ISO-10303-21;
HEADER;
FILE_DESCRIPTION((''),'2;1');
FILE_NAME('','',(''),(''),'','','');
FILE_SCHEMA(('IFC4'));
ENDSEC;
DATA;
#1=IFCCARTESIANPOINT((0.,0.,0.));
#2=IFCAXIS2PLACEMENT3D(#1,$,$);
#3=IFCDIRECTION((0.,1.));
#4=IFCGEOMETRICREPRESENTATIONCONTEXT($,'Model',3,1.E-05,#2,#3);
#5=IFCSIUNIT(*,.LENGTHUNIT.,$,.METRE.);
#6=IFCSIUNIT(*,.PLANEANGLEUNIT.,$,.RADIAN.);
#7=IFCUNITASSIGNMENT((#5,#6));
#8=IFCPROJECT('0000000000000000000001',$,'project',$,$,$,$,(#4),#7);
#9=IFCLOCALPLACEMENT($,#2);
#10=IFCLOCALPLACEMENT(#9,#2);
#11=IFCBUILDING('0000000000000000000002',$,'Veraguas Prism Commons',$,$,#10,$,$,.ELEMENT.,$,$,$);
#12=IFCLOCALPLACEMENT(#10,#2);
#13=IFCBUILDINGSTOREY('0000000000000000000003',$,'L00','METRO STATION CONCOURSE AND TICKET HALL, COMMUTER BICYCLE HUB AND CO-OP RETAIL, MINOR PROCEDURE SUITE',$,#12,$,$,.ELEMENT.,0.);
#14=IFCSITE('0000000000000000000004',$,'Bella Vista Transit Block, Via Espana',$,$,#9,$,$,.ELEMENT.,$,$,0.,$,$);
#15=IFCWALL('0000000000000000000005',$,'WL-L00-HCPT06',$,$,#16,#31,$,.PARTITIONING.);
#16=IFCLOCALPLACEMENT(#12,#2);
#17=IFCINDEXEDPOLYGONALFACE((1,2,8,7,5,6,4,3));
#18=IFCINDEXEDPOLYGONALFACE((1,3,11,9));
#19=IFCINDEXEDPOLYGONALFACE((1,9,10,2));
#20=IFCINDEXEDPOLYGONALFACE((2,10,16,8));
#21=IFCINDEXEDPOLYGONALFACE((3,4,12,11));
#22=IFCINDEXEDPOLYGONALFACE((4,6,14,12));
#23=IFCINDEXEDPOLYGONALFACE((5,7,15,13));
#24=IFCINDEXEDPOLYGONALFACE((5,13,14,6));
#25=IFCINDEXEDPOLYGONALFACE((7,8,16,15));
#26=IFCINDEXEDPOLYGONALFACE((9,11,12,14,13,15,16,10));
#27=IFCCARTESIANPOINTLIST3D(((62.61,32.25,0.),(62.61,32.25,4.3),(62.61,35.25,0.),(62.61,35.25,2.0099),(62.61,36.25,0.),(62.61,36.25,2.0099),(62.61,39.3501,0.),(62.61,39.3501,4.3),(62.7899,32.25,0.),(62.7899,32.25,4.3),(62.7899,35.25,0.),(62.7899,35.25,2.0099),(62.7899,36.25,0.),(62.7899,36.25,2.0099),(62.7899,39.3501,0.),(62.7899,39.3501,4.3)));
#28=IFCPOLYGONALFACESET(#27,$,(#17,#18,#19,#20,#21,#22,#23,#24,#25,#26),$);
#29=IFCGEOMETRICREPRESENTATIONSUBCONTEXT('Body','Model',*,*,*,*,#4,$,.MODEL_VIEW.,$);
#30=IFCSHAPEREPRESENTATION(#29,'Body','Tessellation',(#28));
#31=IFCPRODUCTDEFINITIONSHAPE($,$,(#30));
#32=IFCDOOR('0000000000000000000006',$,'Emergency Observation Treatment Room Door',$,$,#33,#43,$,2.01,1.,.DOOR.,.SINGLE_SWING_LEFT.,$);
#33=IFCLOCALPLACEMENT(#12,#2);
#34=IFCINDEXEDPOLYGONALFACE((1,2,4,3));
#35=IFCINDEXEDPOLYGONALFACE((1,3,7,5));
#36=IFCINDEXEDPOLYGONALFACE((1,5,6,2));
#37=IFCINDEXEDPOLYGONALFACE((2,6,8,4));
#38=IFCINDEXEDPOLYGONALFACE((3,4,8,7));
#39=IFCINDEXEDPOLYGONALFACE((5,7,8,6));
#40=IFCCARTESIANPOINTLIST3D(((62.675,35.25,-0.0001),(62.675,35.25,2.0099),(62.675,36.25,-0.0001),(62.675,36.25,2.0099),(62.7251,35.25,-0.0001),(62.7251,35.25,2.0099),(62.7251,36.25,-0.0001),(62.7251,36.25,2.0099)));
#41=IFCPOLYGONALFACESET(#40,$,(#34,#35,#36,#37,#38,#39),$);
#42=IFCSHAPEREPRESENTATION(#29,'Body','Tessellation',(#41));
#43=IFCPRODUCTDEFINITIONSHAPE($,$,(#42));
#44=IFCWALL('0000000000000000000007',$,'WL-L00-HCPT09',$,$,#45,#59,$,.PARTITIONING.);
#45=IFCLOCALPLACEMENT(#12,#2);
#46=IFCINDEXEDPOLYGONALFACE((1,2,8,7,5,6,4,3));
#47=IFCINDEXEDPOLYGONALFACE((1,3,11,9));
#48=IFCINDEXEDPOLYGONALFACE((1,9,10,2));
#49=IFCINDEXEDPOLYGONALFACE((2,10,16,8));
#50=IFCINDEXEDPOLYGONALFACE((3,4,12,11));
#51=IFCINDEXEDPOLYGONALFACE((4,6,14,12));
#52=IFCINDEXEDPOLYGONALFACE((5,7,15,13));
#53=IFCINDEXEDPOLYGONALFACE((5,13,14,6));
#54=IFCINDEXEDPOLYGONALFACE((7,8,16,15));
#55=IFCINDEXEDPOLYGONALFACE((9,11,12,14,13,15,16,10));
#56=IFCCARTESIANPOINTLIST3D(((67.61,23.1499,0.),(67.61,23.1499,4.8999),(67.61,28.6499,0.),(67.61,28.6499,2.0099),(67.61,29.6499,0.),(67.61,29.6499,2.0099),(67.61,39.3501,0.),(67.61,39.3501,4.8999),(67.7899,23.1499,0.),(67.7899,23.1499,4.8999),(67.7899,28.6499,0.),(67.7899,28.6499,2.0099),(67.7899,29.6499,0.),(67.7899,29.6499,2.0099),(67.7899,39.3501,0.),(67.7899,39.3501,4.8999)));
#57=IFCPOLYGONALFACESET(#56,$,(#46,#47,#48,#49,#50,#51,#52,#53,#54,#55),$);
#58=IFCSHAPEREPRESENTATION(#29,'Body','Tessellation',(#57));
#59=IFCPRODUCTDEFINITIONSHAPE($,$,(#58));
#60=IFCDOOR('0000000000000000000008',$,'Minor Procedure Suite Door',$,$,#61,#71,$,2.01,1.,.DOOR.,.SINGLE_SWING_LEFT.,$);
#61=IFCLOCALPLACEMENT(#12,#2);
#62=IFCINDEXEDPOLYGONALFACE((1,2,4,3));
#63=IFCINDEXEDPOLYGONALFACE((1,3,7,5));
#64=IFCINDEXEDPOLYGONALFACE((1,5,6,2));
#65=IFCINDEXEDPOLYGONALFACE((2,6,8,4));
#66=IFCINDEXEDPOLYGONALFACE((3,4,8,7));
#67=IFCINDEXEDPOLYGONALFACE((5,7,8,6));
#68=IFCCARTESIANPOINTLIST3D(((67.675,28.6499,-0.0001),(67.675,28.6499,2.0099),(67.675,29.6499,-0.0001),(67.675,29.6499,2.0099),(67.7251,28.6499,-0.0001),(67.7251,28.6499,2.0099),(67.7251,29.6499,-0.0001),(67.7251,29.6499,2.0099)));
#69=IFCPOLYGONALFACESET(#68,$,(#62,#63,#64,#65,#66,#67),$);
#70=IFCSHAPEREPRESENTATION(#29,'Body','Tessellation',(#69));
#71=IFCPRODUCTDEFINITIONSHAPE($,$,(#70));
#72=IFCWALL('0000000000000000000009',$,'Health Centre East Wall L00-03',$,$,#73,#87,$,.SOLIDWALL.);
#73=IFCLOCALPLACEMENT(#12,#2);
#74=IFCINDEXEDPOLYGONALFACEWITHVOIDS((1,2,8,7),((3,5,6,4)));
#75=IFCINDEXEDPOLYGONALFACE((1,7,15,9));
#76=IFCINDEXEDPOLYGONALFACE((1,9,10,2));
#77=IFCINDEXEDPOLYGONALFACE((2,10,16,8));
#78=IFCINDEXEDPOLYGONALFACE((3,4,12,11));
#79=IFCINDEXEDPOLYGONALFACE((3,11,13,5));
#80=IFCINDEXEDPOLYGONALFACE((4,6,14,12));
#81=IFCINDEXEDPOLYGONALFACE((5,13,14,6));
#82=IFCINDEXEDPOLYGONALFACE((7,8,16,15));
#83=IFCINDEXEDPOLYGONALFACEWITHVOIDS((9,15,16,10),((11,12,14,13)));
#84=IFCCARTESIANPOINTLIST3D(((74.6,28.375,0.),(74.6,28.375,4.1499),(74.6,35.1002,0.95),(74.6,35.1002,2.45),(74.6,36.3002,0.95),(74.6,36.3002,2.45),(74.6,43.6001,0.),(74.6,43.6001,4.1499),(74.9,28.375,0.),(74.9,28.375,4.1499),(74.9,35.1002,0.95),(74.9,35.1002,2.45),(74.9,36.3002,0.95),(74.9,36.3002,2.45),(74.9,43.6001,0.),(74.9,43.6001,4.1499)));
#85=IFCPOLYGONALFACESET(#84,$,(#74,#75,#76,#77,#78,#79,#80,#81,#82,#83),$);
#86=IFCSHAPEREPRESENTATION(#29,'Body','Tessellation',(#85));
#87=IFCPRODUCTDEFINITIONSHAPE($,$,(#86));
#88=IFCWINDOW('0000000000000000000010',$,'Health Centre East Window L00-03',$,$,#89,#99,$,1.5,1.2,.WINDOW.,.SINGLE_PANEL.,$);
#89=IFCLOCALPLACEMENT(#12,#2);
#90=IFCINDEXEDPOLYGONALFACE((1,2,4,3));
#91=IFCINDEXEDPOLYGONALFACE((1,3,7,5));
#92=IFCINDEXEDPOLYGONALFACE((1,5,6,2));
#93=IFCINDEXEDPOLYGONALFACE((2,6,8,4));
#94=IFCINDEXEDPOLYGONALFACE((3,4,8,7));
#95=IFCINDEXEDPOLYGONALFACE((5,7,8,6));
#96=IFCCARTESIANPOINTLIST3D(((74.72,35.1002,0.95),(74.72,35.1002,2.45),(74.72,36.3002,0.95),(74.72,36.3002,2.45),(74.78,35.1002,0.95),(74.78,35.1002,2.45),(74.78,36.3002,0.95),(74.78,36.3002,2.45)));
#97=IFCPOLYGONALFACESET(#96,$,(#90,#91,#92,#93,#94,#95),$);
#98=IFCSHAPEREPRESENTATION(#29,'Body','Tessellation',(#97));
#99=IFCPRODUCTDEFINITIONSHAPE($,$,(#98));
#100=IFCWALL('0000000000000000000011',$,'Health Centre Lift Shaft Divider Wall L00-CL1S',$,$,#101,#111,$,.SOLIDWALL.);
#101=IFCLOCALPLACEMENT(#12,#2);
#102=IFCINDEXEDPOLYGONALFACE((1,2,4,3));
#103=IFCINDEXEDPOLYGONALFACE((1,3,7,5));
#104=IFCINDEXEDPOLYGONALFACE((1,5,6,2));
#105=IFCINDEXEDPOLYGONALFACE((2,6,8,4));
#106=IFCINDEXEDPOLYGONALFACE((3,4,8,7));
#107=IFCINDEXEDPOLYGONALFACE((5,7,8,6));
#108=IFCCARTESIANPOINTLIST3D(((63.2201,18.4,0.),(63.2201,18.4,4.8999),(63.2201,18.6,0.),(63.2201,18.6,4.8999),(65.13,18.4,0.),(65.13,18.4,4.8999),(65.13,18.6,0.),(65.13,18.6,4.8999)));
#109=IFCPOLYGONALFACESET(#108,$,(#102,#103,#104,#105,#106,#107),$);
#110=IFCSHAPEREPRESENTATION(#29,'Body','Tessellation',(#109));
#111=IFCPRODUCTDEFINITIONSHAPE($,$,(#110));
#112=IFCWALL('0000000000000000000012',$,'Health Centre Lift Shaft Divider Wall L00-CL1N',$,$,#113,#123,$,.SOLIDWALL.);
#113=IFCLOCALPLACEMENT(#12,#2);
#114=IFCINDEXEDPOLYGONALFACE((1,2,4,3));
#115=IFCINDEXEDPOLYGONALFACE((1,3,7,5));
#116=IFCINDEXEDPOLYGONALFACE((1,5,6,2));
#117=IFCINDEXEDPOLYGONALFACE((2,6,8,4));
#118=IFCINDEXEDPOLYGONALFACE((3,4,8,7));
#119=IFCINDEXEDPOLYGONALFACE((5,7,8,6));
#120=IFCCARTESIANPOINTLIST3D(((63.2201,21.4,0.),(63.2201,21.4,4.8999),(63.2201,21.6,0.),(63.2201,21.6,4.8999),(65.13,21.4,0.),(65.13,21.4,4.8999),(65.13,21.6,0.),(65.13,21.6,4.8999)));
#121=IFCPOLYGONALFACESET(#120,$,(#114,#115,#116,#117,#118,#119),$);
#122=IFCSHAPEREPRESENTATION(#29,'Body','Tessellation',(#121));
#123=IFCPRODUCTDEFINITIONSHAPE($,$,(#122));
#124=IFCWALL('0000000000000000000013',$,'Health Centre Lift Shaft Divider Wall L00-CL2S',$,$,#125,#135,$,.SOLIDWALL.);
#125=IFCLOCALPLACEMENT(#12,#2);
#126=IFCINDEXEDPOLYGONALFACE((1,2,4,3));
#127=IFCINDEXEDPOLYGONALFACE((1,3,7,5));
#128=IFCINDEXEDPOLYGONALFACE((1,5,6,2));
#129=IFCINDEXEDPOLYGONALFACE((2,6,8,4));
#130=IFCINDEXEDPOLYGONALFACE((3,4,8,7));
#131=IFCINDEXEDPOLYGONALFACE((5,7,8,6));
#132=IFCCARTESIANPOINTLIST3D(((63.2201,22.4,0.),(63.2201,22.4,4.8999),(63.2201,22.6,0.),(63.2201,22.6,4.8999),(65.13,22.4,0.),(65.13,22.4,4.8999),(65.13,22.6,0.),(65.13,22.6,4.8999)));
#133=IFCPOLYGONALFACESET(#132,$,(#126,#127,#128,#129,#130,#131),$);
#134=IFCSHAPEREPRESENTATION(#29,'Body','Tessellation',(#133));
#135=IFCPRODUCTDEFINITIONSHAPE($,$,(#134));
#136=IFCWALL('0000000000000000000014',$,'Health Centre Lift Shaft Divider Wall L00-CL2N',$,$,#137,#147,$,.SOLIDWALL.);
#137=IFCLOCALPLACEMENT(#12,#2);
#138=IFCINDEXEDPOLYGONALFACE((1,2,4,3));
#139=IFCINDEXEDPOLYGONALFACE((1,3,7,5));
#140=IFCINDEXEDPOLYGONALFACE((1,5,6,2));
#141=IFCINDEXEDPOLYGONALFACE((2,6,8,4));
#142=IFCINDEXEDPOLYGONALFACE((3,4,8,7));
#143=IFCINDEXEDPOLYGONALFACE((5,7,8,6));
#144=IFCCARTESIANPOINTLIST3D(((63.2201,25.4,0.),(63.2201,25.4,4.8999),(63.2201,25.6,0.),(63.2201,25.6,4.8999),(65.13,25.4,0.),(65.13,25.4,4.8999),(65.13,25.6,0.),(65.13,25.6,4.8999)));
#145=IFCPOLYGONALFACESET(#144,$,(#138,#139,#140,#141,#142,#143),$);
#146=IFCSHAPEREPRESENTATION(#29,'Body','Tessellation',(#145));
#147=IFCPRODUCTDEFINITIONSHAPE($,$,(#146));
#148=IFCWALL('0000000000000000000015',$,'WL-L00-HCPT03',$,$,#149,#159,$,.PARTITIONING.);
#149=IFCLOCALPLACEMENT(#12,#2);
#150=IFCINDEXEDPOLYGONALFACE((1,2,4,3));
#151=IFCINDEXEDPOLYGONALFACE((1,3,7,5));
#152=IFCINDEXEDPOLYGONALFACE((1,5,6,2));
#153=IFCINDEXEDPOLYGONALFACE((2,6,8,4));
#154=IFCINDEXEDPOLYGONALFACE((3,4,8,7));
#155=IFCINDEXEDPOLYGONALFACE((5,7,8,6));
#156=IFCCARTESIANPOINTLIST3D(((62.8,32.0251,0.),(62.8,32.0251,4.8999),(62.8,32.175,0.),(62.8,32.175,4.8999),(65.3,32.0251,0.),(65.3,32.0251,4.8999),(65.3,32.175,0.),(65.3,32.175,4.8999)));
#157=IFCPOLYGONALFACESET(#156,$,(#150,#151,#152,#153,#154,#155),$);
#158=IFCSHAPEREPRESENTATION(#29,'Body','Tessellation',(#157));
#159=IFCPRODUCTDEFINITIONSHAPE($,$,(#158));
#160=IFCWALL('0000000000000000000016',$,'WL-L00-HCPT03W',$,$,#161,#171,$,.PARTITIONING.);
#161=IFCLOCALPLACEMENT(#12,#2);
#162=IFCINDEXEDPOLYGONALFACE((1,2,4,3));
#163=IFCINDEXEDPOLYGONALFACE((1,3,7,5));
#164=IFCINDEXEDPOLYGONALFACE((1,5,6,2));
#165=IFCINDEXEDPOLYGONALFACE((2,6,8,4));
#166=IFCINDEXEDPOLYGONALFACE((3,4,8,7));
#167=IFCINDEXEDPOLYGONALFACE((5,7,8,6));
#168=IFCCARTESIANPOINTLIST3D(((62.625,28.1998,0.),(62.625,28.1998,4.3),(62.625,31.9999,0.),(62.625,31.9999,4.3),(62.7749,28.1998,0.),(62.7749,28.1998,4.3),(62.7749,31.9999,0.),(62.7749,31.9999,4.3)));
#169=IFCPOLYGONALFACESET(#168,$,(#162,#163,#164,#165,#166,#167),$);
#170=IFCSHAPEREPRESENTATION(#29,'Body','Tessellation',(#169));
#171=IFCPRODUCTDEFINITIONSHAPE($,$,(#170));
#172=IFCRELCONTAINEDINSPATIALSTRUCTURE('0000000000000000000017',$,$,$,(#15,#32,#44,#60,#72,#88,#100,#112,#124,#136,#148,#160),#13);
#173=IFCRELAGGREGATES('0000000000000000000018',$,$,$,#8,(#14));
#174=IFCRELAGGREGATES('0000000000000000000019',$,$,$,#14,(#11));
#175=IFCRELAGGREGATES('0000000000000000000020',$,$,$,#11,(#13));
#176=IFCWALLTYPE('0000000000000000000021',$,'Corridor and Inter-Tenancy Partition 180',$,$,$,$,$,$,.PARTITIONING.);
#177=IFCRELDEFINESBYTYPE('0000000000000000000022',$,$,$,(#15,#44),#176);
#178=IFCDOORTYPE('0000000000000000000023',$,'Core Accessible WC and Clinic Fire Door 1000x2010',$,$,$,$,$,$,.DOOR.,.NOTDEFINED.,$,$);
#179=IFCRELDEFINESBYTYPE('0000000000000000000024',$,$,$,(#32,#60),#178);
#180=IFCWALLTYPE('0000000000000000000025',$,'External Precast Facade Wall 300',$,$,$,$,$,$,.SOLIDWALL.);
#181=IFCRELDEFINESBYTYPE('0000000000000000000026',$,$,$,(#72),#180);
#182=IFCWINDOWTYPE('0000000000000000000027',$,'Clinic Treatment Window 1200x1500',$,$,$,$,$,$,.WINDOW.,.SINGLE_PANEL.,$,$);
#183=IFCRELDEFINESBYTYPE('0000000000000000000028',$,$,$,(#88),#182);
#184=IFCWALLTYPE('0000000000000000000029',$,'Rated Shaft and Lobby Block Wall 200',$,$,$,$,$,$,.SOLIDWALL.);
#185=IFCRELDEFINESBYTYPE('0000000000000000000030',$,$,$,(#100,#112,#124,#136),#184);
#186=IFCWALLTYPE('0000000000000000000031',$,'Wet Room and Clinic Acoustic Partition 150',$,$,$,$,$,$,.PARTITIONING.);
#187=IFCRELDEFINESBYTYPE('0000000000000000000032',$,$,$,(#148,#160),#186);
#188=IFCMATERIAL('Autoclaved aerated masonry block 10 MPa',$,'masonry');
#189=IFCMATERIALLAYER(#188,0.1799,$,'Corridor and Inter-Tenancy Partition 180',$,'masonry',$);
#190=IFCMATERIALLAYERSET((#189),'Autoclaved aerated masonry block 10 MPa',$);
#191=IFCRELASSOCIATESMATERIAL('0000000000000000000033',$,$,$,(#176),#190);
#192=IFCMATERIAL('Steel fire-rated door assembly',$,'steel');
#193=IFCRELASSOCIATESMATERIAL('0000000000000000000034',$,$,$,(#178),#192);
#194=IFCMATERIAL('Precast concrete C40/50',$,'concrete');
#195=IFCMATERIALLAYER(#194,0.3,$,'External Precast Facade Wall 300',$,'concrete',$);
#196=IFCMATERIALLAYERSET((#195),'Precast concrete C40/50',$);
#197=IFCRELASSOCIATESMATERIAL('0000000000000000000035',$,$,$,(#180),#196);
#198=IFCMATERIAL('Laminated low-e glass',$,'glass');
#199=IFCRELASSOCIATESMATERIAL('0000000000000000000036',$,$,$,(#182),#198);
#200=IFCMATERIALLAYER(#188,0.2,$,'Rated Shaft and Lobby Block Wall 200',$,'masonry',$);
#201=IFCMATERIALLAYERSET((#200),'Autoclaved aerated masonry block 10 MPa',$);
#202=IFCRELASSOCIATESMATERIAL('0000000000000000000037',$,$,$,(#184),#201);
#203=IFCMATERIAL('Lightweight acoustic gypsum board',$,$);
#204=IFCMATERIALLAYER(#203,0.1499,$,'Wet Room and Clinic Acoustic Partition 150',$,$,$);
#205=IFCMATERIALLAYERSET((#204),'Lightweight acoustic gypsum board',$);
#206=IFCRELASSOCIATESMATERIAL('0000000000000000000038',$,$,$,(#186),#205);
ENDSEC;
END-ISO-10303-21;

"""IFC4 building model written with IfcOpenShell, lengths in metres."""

from ifc_helpers import new_model, si_unit, direction, frame, frame_2d, origin, place, context, subcontext, project, spatial, rectangle, extrude, source, transform, mapped, material, layer, layer_set, type_object, element, fill, save


model = new_model("IFC4")

# Units and contexts
model_context = context("Model", 3, precision=1e-05, world=origin(), true_north=direction((0.0, 1.0)))
body_context = subcontext(model_context, "Body", "Model", "MODEL_VIEW")
ifc_project = project(units=[si_unit("LENGTHUNIT", "METRE"), si_unit("PLANEANGLEUNIT", "RADIAN")], contexts=[model_context])

# Site, building, storey
site_placement = place(None, origin())
site = spatial("IfcSite", under=ifc_project, at=site_placement, Name="Bella Vista Transit Block, Via Espana", CompositionType="ELEMENT", RefElevation=0.0)
building_placement = place(site_placement, origin())
building = spatial("IfcBuilding", under=site, at=building_placement, Name="Veraguas Prism Commons", CompositionType="ELEMENT")
storey_placement = place(building_placement, origin())
storey = spatial("IfcBuildingStorey", under=building, at=storey_placement, Name="L00", Description="METRO STATION CONCOURSE AND TICKET HALL, COMMUTER BICYCLE HUB AND CO-OP RETAIL, MINOR PROCEDURE SUITE", CompositionType="ELEMENT", Elevation=0.0)

# Shared definitions
ifc_material_1 = material(Name="Autoclaved aerated masonry block 10 MPa", Category="masonry")
ifc_layer_1 = layer(ifc_material_1, 0.1799, Name="Corridor and Inter-Tenancy Partition 180", Category="masonry")
ifc_layer_set_1 = layer_set([ifc_layer_1], Name="Autoclaved aerated masonry block 10 MPa")
wall_type_1 = type_object("IfcWallType", Name="Corridor and Inter-Tenancy Partition 180", PredefinedType="PARTITIONING", material=ifc_layer_set_1)

# Walls, openings, doors
wall_1_placement = place(storey_placement, frame((62.7, 32.25, 0.0), z_axis=(0.0, 0.0, 1.0), x_axis=(0.0, 1.0, 0.0)))
wall_1 = element("IfcWall", 1, at=wall_1_placement, inside=storey, type_object=wall_type_1, Name="WL-L00-HCPT06", PredefinedType="PARTITIONING", context=body_context, shape_type="SweptSolid", body=[
    extrude(rectangle(XDim=7.1001, YDim=0.1799, at=frame_2d((3.55, 0.0))), origin(), (0.0, 0.0, 1.0), 4.3),
])
opening_1_placement = place(wall_1_placement, frame((3.0, 0.0, 0.0)))
opening_1 = element("IfcOpeningElement", 2, at=opening_1_placement, cuts=wall_1, PredefinedType="OPENING", context=body_context, shape_type="SweptSolid", body=[
    extrude(rectangle(XDim=1.0, YDim=2.01, at=frame_2d((0.5, 1.0049))), frame((0.0, 0.0999, 0.0), z_axis=(0.0, -1.0, 0.0), x_axis=(1.0, 0.0, 0.0)), (0.0, 0.0, 1.0), 0.2),
])
ifc_material_2 = material(Name="Steel fire-rated door assembly", Category="steel")
door_type = type_object("IfcDoorType", Name="Core Accessible WC and Clinic Fire Door 1000x2010", OperationType="NOTDEFINED", PredefinedType="DOOR", material=ifc_material_2)
shared_shape_1 = source(origin(), body_context, "Body", "SweptSolid", [
    extrude(rectangle(XDim=1.0, YDim=2.01, at=frame_2d((0.5, 1.0049))), frame((0.0, 0.0249, 0.0), z_axis=(0.0, -1.0, 0.0), x_axis=(1.0, 0.0, 0.0)), (0.0, 0.0, 1.0), 0.05),
])
door_1_placement = place(opening_1_placement, origin())
door_1 = element("IfcDoor", 3, at=door_1_placement, inside=storey, type_object=door_type, Name="Emergency Observation Treatment Room Door", OperationType="SINGLE_SWING_LEFT", OverallHeight=2.01, OverallWidth=1.0, PredefinedType="DOOR", context=body_context, shape_type="MappedRepresentation", body=[
    mapped(shared_shape_1, transform((0.0, 0.0, 0.0), scale=1.0)),
])
fill(opening_1, door_1)
wall_2_placement = place(storey_placement, frame((67.7, 23.1499, 0.0), z_axis=(0.0, 0.0, 1.0), x_axis=(0.0, 1.0, 0.0)))
wall_2 = element("IfcWall", 4, at=wall_2_placement, inside=storey, type_object=wall_type_1, Name="WL-L00-HCPT09", PredefinedType="PARTITIONING", context=body_context, shape_type="SweptSolid", body=[
    extrude(rectangle(XDim=16.2002, YDim=0.1799, at=frame_2d((8.1001, 0.0))), origin(), (0.0, 0.0, 1.0), 4.8999),
])
opening_2_placement = place(wall_2_placement, frame((5.5, 0.0, 0.0)))
opening_2 = element("IfcOpeningElement", 5, at=opening_2_placement, cuts=wall_2, PredefinedType="OPENING", context=body_context, shape_type="SweptSolid", body=[
    extrude(rectangle(XDim=1.0, YDim=2.01, at=frame_2d((0.5, 1.0049))), frame((0.0, 0.0999, 0.0), z_axis=(0.0, -1.0, 0.0), x_axis=(1.0, 0.0, 0.0)), (0.0, 0.0, 1.0), 0.2),
])
door_2_placement = place(opening_2_placement, origin())
door_2 = element("IfcDoor", 6, at=door_2_placement, inside=storey, type_object=door_type, Name="Minor Procedure Suite Door", OperationType="SINGLE_SWING_LEFT", OverallHeight=2.01, OverallWidth=1.0, PredefinedType="DOOR", context=body_context, shape_type="MappedRepresentation", body=[
    mapped(shared_shape_1, transform((0.0, 0.0, 0.0), scale=1.0)),
])
fill(opening_2, door_2)

# Wall, opening, window
ifc_material_3 = material(Name="Precast concrete C40/50", Category="concrete")
ifc_layer_2 = layer(ifc_material_3, 0.3, Name="External Precast Facade Wall 300", Category="concrete")
ifc_layer_set_2 = layer_set([ifc_layer_2], Name="Precast concrete C40/50")
wall_type_2 = type_object("IfcWallType", Name="External Precast Facade Wall 300", PredefinedType="SOLIDWALL", material=ifc_layer_set_2)
wall_3_placement = place(storey_placement, frame((74.75, 28.375, 0.0), z_axis=(0.0, 0.0, 1.0), x_axis=(0.0, 1.0, 0.0)))
wall_3 = element("IfcWall", 7, at=wall_3_placement, inside=storey, type_object=wall_type_2, Name="Health Centre East Wall L00-03", PredefinedType="SOLIDWALL", context=body_context, shape_type="SweptSolid", body=[
    extrude(rectangle(XDim=15.2251, YDim=0.3, at=frame_2d((7.6125, 0.0))), origin(), (0.0, 0.0, 1.0), 4.1499),
])
opening_3_placement = place(wall_3_placement, frame((6.7251, 0.0, 0.95)))
opening_3 = element("IfcOpeningElement", 8, at=opening_3_placement, cuts=wall_3, PredefinedType="OPENING", context=body_context, shape_type="SweptSolid", body=[
    extrude(rectangle(XDim=1.2, YDim=1.5, at=frame_2d((0.6001, 0.75))), frame((0.0, 0.1599, 0.0), z_axis=(0.0, -1.0, 0.0), x_axis=(1.0, 0.0, 0.0)), (0.0, 0.0, 1.0), 0.3201),
])
ifc_material_4 = material(Name="Laminated low-e glass", Category="glass")
window_type = type_object("IfcWindowType", Name="Clinic Treatment Window 1200x1500", PartitioningType="SINGLE_PANEL", PredefinedType="WINDOW", material=ifc_material_4)
shared_shape_2 = source(origin(), body_context, "Body", "SweptSolid", [
    extrude(rectangle(XDim=1.2, YDim=1.5, at=frame_2d((0.6001, 0.75))), frame((0.0, 0.03, 0.0), z_axis=(0.0, -1.0, 0.0), x_axis=(1.0, 0.0, 0.0)), (0.0, 0.0, 1.0), 0.0601),
])
window_placement = place(opening_3_placement, origin())
window = element("IfcWindow", 9, at=window_placement, inside=storey, type_object=window_type, Name="Health Centre East Window L00-03", OverallHeight=1.5, OverallWidth=1.2, PartitioningType="SINGLE_PANEL", PredefinedType="WINDOW", context=body_context, shape_type="MappedRepresentation", body=[
    mapped(shared_shape_2, transform((0.0, 0.0, 0.0), scale=1.0)),
])
fill(opening_3, window)

# Walls
ifc_layer_3 = layer(ifc_material_1, 0.2, Name="Rated Shaft and Lobby Block Wall 200", Category="masonry")
ifc_layer_set_3 = layer_set([ifc_layer_3], Name="Autoclaved aerated masonry block 10 MPa")
wall_type_3 = type_object("IfcWallType", Name="Rated Shaft and Lobby Block Wall 200", PredefinedType="SOLIDWALL", material=ifc_layer_set_3)
for number, where, z_axis, x_axis, name in (
    (10, (63.22, 18.5, 0.0), (0.0, 0.0, 1.0), (1.0, 0.0, 0.0), "Health Centre Lift Shaft Divider Wall L00-CL1S"),
    (11, (63.22, 21.5, 0.0), (0.0, 0.0, 1.0), (1.0, 0.0, 0.0), "Health Centre Lift Shaft Divider Wall L00-CL1N"),
    (12, (63.22, 22.5, 0.0), (0.0, 0.0, 1.0), (1.0, 0.0, 0.0), "Health Centre Lift Shaft Divider Wall L00-CL2S"),
    (13, (63.22, 25.5, 0.0), (0.0, 0.0, 1.0), (1.0, 0.0, 0.0), "Health Centre Lift Shaft Divider Wall L00-CL2N"),
):
    element("IfcWall", number, at=place(storey_placement, frame(where, z_axis=z_axis, x_axis=x_axis)), inside=storey, type_object=wall_type_3, Name=name, PredefinedType="SOLIDWALL", context=body_context, shape_type="SweptSolid", body=[
        extrude(rectangle(XDim=1.9099, YDim=0.2, at=frame_2d((0.9551, 0.0))), origin(), (0.0, 0.0, 1.0), 4.8999),
    ])
ifc_material_5 = material(Name="Lightweight acoustic gypsum board")
ifc_layer_4 = layer(ifc_material_5, 0.1499, Name="Wet Room and Clinic Acoustic Partition 150")
ifc_layer_set_4 = layer_set([ifc_layer_4], Name="Lightweight acoustic gypsum board")
wall_type_4 = type_object("IfcWallType", Name="Wet Room and Clinic Acoustic Partition 150", PredefinedType="PARTITIONING", material=ifc_layer_set_4)
wall_4_placement = place(storey_placement, frame((62.8, 32.1001, 0.0), z_axis=(0.0, 0.0, 1.0), x_axis=(1.0, 0.0, 0.0)))
element("IfcWall", 14, at=wall_4_placement, inside=storey, type_object=wall_type_4, Name="WL-L00-HCPT03", PredefinedType="PARTITIONING", context=body_context, shape_type="SweptSolid", body=[
    extrude(rectangle(XDim=2.5, YDim=0.1499, at=frame_2d((1.25, 0.0))), origin(), (0.0, 0.0, 1.0), 4.8999),
])
wall_5_placement = place(storey_placement, frame((62.7, 28.2, 0.0), z_axis=(0.0, 0.0, 1.0), x_axis=(0.0, 1.0, 0.0)))
element("IfcWall", 15, at=wall_5_placement, inside=storey, type_object=wall_type_4, Name="WL-L00-HCPT03W", PredefinedType="PARTITIONING", context=body_context, shape_type="SweptSolid", body=[
    extrude(rectangle(XDim=3.8, YDim=0.1499, at=frame_2d((1.8999, 0.0))), origin(), (0.0, 0.0, 1.0), 4.3),
])

save(model, "model.ifc")
